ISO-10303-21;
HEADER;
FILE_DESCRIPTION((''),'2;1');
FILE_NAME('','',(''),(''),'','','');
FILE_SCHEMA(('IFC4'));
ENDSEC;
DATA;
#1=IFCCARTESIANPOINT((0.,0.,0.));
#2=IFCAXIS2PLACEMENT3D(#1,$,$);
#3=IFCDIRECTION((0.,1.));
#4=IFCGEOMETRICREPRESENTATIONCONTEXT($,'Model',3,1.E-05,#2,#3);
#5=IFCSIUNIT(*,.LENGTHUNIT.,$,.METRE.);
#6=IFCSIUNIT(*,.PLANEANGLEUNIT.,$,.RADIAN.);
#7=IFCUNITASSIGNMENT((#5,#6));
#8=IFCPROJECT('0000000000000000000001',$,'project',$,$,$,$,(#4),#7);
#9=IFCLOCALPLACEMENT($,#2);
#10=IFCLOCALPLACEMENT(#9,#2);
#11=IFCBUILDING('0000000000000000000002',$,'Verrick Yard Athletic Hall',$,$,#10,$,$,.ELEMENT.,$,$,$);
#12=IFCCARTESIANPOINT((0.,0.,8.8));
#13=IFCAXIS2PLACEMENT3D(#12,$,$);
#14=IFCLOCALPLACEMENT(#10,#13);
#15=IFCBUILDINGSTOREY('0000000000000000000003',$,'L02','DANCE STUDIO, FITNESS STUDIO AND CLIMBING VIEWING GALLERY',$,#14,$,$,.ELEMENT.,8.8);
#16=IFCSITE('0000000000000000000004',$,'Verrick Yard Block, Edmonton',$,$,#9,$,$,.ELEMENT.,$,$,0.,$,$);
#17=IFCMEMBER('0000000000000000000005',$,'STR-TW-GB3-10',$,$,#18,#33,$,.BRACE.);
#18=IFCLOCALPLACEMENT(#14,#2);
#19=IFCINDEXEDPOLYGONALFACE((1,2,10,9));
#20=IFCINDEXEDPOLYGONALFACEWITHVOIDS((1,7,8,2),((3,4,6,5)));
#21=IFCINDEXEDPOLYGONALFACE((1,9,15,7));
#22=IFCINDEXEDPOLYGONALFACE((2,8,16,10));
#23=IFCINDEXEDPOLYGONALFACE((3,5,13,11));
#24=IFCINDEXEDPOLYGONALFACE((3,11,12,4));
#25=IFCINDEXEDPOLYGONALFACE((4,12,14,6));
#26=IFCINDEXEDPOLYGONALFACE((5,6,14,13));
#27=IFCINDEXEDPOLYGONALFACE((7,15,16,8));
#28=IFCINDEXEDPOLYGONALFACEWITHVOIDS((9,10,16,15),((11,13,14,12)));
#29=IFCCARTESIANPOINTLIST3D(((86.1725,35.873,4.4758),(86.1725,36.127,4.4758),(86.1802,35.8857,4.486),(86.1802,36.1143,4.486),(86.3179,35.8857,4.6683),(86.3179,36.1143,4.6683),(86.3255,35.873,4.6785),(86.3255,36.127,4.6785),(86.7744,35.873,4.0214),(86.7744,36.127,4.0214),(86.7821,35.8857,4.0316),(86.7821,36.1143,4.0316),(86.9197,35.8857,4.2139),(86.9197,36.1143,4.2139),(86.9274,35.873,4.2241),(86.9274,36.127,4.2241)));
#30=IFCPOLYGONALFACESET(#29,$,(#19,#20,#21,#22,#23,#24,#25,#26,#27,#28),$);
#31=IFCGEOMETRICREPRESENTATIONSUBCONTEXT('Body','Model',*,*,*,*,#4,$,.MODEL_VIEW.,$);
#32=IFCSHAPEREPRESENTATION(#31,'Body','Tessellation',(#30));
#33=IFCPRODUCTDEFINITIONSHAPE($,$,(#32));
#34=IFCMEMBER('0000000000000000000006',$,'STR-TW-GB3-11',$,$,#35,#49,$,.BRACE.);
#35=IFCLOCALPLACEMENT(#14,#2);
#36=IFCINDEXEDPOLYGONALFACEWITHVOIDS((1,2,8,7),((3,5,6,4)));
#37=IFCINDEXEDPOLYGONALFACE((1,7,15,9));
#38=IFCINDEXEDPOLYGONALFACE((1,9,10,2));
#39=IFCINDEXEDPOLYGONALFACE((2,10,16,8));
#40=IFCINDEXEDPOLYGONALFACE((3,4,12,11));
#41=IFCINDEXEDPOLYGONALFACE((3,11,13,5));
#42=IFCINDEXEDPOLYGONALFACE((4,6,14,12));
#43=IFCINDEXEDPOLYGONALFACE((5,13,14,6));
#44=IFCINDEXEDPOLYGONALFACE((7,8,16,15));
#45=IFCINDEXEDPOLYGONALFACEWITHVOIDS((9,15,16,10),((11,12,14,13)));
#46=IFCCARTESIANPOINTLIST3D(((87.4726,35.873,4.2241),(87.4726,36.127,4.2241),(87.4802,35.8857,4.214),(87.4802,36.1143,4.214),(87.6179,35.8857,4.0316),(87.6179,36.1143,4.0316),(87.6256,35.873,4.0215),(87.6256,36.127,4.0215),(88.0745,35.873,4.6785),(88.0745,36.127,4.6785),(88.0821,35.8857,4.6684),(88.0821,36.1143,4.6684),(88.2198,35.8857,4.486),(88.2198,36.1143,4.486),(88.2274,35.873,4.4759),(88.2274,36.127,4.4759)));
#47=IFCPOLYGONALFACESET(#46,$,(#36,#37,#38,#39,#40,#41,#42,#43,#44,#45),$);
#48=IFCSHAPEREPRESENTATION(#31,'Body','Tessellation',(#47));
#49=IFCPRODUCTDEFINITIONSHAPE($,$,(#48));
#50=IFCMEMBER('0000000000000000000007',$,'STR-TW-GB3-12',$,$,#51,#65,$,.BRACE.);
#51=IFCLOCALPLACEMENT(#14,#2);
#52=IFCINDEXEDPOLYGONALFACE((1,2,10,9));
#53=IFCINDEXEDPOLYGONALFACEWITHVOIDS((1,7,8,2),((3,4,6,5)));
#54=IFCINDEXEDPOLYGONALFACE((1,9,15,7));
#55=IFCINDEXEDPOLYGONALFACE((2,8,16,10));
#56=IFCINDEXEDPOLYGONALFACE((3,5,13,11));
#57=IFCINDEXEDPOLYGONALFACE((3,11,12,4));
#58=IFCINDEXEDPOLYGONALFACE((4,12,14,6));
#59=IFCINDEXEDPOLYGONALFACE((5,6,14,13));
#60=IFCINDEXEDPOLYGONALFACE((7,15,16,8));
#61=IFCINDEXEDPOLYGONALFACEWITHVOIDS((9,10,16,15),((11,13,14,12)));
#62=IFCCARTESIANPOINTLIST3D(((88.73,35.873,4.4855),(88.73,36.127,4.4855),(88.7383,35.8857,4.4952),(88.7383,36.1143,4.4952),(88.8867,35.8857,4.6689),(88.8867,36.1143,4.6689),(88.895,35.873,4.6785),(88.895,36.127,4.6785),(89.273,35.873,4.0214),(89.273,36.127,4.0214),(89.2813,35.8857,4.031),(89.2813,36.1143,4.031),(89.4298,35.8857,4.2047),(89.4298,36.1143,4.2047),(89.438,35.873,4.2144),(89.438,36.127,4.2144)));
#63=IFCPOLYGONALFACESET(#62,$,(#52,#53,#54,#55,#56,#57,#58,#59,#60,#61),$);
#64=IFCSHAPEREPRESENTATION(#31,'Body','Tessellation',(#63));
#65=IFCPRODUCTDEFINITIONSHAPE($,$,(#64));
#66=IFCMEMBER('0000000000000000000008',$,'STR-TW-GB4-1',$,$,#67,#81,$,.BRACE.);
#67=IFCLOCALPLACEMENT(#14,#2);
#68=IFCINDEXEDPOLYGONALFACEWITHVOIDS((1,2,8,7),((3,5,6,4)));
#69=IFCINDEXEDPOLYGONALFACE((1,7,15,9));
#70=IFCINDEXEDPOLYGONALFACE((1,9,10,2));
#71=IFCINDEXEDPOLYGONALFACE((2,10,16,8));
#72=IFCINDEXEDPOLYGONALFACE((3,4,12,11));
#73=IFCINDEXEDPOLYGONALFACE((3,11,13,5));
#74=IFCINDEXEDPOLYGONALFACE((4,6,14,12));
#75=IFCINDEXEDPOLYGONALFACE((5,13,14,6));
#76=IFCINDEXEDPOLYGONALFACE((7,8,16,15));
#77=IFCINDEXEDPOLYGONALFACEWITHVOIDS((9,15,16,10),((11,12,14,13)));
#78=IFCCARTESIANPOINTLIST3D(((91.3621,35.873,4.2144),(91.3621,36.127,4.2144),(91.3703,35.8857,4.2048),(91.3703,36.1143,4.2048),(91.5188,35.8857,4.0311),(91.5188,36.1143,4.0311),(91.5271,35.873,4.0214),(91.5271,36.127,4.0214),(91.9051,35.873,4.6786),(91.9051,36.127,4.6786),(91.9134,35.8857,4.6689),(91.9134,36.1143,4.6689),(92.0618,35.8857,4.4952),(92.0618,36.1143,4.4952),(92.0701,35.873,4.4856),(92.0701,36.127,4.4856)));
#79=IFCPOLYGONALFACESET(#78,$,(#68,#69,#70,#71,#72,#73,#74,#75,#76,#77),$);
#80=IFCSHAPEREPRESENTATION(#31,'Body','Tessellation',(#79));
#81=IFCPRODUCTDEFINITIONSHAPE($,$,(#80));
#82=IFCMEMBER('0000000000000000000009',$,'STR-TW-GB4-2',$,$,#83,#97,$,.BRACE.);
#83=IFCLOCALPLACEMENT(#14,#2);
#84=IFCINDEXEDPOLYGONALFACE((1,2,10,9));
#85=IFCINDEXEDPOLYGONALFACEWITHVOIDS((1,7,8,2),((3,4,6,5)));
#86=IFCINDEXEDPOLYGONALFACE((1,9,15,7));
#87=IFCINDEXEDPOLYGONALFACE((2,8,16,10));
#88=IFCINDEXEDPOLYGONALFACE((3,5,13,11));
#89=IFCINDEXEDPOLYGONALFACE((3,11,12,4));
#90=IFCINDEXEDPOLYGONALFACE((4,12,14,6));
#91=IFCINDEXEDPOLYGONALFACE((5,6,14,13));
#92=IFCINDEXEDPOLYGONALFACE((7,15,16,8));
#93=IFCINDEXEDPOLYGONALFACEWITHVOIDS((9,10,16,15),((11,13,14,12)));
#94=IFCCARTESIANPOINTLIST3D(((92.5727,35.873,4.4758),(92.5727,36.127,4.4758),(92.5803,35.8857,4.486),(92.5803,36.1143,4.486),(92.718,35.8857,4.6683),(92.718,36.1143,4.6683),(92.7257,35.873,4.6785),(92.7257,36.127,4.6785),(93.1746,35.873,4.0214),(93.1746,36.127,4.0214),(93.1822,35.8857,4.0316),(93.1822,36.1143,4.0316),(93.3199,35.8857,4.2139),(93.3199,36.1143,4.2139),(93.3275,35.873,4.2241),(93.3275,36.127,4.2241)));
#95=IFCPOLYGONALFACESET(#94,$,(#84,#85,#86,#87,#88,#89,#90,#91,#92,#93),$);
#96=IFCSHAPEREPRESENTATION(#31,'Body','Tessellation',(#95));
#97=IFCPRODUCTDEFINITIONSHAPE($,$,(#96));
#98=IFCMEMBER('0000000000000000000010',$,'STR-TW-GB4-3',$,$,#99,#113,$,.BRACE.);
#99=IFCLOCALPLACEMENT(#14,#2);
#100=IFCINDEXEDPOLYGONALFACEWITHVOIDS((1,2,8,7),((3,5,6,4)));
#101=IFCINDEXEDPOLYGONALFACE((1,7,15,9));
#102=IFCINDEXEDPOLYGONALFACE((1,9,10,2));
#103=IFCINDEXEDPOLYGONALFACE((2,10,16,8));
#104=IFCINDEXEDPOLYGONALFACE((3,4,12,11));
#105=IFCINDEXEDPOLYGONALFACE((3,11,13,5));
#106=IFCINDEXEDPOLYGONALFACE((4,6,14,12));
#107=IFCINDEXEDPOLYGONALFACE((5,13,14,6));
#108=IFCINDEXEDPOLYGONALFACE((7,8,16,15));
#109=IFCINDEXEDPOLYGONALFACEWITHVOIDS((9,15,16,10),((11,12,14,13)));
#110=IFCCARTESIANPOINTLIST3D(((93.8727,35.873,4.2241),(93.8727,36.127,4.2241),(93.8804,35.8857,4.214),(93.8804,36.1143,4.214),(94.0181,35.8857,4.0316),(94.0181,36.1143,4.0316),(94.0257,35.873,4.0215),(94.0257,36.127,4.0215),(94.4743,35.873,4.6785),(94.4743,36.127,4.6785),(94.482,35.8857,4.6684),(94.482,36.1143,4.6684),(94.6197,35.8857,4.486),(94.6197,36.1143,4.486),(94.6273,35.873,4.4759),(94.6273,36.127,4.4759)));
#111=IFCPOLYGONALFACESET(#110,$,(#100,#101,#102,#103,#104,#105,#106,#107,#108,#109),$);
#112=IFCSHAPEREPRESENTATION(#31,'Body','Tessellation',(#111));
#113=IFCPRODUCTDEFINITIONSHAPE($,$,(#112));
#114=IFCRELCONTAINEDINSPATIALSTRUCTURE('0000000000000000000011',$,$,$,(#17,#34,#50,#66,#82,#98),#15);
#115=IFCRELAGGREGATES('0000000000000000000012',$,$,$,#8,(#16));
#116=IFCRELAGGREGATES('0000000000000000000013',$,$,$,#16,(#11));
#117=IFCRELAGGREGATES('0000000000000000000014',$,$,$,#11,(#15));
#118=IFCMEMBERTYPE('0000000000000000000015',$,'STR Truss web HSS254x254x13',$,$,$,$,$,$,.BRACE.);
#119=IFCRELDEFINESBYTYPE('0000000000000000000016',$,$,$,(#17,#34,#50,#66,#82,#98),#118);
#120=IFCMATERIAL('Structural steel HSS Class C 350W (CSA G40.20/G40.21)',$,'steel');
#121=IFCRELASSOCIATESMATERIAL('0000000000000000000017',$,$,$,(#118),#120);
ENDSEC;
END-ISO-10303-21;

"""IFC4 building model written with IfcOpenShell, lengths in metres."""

from ifc_helpers import new_model, si_unit, direction, frame, origin, origin_2d, place, context, subcontext, project, spatial, hollow_rectangle, extrude, material, material_profile, profile_set, type_object, element, save


model = new_model("IFC4")

# Units and contexts
model_context = context("Model", 3, precision=1e-05, world=origin(), true_north=direction((0.0, 1.0)))
body_context = subcontext(model_context, "Body", "Model", "MODEL_VIEW")
ifc_project = project(units=[si_unit("LENGTHUNIT", "METRE"), si_unit("PLANEANGLEUNIT", "RADIAN")], contexts=[model_context])

# Site, building, storey
site_placement = place(None, origin())
site = spatial("IfcSite", under=ifc_project, at=site_placement, Name="Verrick Yard Block, Edmonton", CompositionType="ELEMENT", RefElevation=0.0)
building_placement = place(site_placement, origin())
building = spatial("IfcBuilding", under=site, at=building_placement, Name="Verrick Yard Athletic Hall", CompositionType="ELEMENT")
storey_placement = place(building_placement, frame((0.0, 0.0, 8.8)))
storey = spatial("IfcBuildingStorey", under=building, at=storey_placement, Name="L02", Description="DANCE STUDIO, FITNESS STUDIO AND CLIMBING VIEWING GALLERY", CompositionType="ELEMENT", Elevation=8.8)

# Members
ifc_material_1 = material(Name="Structural steel HSS Class C 350W (CSA G40.20/G40.21)", Category="steel")
ifc_material_profile_1 = material_profile(ifc_material_1, hollow_rectangle(XDim=0.2539, YDim=0.2539, WallThickness=0.0127, at=origin_2d()), Name="HSS254x254x13")
ifc_profile_set_1 = profile_set([ifc_material_profile_1], Name="Structural steel HSS Class C 350W (CSA G40.20/G40.21)")
member_type_1 = type_object("IfcMemberType", Name="STR Truss web HSS254x254x13", PredefinedType="BRACE", material=ifc_profile_set_1)
for number, where, z_axis, x_axis, name in (
    (1, (86.249, 36.0, 4.5771), (0.798092, 0.0, -0.602535), (0.0, 1.0, 0.0), "STR-TW-GB3-10"),
    (2, (87.5491, 36.0, 4.1228), (0.798092, 0.0, 0.602535), (0.0, 1.0, 0.0), "STR-TW-GB3-11"),
):
    element("IfcMember", number, at=place(storey_placement, frame(where, z_axis=z_axis, x_axis=x_axis)), inside=storey, type_object=member_type_1, Name=name, PredefinedType="BRACE", context=body_context, shape_type="SweptSolid", body=[
        extrude(hollow_rectangle(XDim=0.2539, YDim=0.2539, WallThickness=0.0127, at=origin_2d()), origin(), (0.0, 0.0, 1.0), 0.7542),
    ])
for number, where, z_axis, x_axis, name in (
    (3, (88.8125, 36.0, 4.582), (0.760149, 0.0, -0.649749), (0.0, 1.0, 0.0), "STR-TW-GB3-12"),
    (4, (91.4446, 36.0, 4.1179), (0.760149, 0.0, 0.649749), (0.0, 1.0, 0.0), "STR-TW-GB4-1"),
):
    element("IfcMember", number, at=place(storey_placement, frame(where, z_axis=z_axis, x_axis=x_axis)), inside=storey, type_object=member_type_1, Name=name, PredefinedType="BRACE", context=body_context, shape_type="SweptSolid", body=[
        extrude(hollow_rectangle(XDim=0.2539, YDim=0.2539, WallThickness=0.0127, at=origin_2d()), origin(), (0.0, 0.0, 1.0), 0.7144),
    ])
member_1_placement = place(storey_placement, frame((92.6492, 36.0, 4.5771), z_axis=(0.798092, 0.0, -0.602535), x_axis=(0.0, 1.0, 0.0)))
element("IfcMember", 5, at=member_1_placement, inside=storey, type_object=member_type_1, Name="STR-TW-GB4-2", PredefinedType="BRACE", context=body_context, shape_type="SweptSolid", body=[
    extrude(hollow_rectangle(XDim=0.2539, YDim=0.2539, WallThickness=0.0127, at=origin_2d()), origin(), (0.0, 0.0, 1.0), 0.7542),
])
member_2_placement = place(storey_placement, frame((93.9492, 36.0, 4.1228), z_axis=(0.797975, 0.0, 0.602691), x_axis=(0.0, 1.0, 0.0)))
element("IfcMember", 6, at=member_2_placement, inside=storey, type_object=member_type_1, Name="STR-TW-GB4-3", PredefinedType="BRACE", context=body_context, shape_type="SweptSolid", body=[
    extrude(hollow_rectangle(XDim=0.2539, YDim=0.2539, WallThickness=0.0127, at=origin_2d()), origin(), (0.0, 0.0, 1.0), 0.7539),
])

save(model, "model.ifc")
